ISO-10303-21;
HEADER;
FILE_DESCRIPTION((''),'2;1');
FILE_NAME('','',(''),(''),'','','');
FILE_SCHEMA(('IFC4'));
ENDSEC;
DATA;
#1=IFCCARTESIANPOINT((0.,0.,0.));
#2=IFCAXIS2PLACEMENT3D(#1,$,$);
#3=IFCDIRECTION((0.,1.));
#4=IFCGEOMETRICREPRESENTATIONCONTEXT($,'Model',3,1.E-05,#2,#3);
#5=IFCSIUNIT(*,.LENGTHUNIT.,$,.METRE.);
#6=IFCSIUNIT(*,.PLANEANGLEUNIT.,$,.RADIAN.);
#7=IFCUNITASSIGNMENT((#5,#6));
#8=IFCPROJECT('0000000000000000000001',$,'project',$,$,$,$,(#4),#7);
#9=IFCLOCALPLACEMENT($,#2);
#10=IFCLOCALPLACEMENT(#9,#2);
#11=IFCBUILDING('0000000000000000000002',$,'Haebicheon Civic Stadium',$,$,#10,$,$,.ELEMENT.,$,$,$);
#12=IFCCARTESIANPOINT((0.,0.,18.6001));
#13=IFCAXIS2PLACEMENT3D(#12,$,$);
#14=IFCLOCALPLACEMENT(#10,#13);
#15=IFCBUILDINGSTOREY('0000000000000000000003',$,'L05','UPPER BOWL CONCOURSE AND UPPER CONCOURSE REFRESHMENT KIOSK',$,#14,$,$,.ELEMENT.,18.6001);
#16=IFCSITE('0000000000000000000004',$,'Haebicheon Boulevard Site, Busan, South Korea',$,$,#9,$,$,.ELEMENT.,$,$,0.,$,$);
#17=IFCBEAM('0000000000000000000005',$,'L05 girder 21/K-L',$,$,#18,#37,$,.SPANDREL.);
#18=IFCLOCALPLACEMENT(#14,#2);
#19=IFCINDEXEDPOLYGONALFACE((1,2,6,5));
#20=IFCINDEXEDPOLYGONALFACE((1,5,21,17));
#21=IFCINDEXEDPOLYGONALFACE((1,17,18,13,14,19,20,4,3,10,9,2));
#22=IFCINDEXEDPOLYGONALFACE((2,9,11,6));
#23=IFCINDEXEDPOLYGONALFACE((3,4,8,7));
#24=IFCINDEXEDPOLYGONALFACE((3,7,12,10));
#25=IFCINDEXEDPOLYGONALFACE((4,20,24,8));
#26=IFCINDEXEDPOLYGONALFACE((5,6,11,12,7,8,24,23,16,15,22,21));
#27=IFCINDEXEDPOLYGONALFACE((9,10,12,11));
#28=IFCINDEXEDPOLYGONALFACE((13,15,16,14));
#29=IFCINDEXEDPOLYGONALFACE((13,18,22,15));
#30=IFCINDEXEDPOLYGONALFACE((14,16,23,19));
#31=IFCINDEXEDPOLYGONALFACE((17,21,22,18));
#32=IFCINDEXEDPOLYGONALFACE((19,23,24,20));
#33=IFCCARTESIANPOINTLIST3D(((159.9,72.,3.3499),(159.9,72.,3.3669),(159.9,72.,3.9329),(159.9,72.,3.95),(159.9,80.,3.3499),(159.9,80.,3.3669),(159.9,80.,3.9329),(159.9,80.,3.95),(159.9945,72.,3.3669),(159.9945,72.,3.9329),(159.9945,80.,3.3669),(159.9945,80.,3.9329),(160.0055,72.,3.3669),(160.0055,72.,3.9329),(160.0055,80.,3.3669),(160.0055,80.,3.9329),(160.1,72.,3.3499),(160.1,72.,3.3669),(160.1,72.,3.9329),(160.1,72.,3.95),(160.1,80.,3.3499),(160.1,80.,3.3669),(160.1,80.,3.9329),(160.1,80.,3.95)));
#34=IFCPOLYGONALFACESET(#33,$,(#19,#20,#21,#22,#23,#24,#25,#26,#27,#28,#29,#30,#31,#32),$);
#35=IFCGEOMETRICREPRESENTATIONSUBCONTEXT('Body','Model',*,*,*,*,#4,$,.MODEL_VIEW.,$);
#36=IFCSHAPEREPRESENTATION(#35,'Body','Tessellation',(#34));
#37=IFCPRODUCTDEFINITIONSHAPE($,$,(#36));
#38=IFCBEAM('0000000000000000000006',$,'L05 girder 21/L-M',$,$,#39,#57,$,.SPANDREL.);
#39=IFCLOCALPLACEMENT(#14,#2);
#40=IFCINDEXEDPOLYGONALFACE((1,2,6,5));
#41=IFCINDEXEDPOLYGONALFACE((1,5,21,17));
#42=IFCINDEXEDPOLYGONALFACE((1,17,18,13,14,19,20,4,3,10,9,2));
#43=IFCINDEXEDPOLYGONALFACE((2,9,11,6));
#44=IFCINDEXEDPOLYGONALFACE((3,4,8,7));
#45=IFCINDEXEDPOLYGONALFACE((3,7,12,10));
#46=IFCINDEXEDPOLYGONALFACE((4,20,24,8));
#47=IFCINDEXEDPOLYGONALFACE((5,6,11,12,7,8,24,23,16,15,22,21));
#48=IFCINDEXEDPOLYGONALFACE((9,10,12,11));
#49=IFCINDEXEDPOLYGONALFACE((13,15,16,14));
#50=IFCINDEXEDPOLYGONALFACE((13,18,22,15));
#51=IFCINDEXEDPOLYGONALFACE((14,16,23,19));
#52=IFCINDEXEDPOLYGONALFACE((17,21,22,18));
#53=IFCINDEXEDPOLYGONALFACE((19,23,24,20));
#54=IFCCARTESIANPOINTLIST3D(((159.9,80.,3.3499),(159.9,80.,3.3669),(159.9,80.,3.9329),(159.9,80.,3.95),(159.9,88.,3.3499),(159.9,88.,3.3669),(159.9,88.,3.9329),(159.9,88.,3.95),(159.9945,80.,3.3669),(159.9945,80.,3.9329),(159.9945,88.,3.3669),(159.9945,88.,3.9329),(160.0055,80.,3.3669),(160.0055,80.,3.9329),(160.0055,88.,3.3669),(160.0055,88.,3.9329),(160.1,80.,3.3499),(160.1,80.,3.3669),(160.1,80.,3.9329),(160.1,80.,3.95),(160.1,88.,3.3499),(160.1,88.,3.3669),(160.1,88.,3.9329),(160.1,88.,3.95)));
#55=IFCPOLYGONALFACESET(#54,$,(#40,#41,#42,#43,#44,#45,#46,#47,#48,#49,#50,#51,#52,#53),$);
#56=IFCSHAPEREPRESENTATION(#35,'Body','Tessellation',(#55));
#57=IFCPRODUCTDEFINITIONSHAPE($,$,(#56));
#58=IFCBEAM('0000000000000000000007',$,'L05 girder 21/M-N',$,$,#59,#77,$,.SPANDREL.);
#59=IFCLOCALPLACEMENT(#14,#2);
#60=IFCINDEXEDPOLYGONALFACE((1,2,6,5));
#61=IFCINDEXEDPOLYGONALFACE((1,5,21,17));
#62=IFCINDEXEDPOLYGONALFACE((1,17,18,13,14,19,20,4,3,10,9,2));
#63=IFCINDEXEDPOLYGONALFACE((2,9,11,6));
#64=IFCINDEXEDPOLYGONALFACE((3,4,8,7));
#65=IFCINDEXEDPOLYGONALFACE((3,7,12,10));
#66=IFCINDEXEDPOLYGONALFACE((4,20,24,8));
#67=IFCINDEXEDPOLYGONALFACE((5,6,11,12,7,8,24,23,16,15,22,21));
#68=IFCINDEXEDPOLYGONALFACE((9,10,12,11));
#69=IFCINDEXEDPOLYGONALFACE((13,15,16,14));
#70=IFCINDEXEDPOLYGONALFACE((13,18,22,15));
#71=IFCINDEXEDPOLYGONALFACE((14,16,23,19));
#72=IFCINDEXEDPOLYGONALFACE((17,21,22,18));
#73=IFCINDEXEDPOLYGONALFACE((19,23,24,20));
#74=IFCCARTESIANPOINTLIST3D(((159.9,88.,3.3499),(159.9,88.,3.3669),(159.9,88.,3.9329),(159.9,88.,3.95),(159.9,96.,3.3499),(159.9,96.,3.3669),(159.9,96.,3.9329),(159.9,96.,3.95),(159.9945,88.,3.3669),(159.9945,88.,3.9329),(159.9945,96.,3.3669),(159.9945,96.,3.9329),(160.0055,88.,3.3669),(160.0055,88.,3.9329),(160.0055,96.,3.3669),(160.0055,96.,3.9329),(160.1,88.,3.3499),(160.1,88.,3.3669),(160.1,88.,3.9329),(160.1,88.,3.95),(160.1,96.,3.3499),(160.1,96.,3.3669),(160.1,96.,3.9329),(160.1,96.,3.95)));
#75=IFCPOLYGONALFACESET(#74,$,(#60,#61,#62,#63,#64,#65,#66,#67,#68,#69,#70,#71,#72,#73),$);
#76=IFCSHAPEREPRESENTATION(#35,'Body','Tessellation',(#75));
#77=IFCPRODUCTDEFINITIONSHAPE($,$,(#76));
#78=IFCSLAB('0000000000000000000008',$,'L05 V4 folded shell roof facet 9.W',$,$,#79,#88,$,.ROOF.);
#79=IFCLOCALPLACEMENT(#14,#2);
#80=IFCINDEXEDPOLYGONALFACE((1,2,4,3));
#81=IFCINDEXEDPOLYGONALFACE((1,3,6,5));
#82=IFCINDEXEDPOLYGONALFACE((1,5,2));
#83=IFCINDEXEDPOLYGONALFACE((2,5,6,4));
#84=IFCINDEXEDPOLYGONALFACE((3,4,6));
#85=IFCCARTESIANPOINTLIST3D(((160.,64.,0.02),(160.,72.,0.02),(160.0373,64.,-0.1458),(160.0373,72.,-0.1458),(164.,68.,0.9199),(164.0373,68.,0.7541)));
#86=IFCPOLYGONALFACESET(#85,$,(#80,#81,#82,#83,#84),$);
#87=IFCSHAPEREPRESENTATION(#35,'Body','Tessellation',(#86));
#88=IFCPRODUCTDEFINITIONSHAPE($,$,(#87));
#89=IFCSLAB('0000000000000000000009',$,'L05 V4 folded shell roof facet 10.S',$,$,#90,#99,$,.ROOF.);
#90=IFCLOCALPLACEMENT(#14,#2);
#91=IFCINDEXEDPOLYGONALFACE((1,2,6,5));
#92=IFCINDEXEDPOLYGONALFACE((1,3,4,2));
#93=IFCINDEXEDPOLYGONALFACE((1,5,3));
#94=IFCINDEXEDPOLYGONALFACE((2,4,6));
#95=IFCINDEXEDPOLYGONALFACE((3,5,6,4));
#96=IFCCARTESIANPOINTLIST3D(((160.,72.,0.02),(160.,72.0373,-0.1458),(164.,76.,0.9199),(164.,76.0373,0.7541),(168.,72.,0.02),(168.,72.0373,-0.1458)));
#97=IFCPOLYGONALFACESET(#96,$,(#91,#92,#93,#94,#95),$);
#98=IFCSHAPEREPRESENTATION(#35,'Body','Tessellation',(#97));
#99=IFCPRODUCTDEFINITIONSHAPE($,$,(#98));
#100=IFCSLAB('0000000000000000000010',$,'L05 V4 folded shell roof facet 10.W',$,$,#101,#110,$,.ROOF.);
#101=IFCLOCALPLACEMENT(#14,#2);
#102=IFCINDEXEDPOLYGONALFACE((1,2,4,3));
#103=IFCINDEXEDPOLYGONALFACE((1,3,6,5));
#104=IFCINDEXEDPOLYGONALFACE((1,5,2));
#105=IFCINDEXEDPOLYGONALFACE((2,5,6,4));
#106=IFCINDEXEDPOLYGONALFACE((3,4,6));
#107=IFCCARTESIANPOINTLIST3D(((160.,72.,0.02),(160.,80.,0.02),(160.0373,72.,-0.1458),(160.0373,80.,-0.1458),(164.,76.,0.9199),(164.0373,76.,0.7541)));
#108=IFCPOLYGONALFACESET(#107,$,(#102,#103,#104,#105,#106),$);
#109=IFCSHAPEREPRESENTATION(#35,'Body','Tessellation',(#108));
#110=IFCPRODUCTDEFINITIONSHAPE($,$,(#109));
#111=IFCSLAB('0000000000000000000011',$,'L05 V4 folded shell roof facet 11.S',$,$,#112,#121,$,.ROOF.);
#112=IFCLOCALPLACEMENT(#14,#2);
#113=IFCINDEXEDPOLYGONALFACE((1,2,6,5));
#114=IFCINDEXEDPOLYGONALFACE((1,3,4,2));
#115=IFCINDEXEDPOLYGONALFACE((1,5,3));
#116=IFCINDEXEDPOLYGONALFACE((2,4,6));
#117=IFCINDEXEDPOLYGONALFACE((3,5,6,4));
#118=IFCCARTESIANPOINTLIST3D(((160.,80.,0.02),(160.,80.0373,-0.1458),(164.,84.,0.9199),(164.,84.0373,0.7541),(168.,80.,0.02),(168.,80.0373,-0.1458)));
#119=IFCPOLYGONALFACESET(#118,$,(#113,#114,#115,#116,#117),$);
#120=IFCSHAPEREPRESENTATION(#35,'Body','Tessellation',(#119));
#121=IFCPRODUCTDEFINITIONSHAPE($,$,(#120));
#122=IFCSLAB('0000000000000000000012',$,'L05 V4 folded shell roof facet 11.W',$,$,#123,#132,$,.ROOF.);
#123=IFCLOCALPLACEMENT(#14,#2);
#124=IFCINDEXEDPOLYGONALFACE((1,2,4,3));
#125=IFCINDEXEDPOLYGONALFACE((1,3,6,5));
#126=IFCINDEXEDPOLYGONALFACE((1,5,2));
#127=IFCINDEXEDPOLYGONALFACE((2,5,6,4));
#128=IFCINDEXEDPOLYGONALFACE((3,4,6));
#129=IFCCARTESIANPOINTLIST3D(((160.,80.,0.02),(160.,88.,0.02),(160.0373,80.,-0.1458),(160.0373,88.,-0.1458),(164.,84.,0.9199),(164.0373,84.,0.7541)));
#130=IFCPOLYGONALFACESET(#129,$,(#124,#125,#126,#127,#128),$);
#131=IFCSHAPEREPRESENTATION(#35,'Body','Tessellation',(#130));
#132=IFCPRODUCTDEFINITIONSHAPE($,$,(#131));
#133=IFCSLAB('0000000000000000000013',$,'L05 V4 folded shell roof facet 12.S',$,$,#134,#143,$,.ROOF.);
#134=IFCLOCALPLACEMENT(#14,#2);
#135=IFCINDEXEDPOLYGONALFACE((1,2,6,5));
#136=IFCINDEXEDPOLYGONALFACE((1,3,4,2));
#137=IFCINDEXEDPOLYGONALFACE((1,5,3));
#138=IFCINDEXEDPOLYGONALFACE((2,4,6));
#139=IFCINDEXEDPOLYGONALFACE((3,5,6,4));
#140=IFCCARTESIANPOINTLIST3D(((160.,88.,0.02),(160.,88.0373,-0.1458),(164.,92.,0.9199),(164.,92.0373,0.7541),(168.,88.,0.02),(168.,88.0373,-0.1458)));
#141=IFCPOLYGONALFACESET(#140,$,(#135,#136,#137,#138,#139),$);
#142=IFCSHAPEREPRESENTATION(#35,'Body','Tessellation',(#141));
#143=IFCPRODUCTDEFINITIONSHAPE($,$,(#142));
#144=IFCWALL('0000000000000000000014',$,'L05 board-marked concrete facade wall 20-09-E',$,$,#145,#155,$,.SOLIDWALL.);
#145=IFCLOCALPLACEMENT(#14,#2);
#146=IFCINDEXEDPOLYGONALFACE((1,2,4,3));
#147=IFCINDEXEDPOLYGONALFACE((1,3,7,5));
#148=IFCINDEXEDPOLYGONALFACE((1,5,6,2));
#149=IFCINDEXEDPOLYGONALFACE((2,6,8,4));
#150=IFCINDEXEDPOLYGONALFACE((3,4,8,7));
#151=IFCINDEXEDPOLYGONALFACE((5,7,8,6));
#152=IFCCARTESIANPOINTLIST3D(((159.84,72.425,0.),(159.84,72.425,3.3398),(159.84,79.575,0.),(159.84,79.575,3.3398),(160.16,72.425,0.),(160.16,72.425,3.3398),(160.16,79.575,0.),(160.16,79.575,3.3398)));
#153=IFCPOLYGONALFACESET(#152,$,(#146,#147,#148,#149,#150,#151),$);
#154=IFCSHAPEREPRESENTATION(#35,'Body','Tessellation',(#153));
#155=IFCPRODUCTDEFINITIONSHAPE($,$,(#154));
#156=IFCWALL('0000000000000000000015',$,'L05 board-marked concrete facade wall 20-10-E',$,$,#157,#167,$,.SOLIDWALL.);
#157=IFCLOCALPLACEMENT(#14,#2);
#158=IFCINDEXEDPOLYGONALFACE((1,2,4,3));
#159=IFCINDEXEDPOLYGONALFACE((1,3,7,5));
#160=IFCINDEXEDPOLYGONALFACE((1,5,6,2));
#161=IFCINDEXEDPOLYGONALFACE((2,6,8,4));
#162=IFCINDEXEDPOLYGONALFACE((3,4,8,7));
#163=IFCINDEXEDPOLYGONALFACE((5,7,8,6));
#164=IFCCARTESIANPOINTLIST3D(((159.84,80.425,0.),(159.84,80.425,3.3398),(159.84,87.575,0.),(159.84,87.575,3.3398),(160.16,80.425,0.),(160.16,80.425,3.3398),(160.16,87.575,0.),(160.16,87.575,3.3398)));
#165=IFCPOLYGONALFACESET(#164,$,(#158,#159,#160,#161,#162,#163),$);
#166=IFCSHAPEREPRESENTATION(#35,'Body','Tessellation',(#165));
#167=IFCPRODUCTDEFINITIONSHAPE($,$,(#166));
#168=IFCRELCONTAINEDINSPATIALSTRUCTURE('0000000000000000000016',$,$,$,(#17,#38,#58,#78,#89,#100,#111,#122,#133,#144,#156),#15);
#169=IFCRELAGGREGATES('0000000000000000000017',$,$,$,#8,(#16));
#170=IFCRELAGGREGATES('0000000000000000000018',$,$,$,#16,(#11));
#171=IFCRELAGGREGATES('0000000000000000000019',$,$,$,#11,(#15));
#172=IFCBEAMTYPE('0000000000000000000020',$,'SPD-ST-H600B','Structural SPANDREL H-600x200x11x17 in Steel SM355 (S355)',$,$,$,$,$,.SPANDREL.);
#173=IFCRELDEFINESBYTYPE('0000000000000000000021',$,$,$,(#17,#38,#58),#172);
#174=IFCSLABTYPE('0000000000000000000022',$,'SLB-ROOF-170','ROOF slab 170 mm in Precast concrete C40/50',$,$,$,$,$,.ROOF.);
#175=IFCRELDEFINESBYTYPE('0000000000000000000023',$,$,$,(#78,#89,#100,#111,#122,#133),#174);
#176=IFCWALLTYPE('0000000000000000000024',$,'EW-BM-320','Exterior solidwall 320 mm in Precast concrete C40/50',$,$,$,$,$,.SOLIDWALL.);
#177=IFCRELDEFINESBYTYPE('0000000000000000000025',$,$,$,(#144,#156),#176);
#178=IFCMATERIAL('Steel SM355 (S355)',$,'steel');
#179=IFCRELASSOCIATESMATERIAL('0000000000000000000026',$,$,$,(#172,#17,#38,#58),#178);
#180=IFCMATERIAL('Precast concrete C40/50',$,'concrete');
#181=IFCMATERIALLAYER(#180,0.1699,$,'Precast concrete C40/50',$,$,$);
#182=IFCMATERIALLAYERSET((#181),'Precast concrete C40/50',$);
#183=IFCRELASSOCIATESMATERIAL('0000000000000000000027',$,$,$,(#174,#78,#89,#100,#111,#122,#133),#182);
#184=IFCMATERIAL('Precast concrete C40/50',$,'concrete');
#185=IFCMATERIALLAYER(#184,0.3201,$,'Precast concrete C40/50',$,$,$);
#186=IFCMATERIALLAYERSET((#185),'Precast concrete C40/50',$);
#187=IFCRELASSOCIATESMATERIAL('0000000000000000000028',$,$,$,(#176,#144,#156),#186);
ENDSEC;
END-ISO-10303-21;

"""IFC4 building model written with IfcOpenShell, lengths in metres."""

from ifc_helpers import new_model, si_unit, direction, frame, frame_2d, origin, origin_2d, place, context, subcontext, project, spatial, polyline, rectangle, i_section, outline, extrude, material, layer, layer_set, material_profile, profile_set, type_object, element, save


model = new_model("IFC4")

# Units and contexts
model_context = context("Model", 3, precision=1e-05, world=origin(), true_north=direction((0.0, 1.0)))
body_context = subcontext(model_context, "Body", "Model", "MODEL_VIEW")
ifc_project = project(units=[si_unit("LENGTHUNIT", "METRE"), si_unit("PLANEANGLEUNIT", "RADIAN")], contexts=[model_context])

# Site, building, storey
site_placement = place(None, origin())
site = spatial("IfcSite", under=ifc_project, at=site_placement, Name="Haebicheon Boulevard Site, Busan, South Korea", CompositionType="ELEMENT", RefElevation=0.0)
building_placement = place(site_placement, origin())
building = spatial("IfcBuilding", under=site, at=building_placement, Name="Haebicheon Civic Stadium", CompositionType="ELEMENT")
storey_placement = place(building_placement, frame((0.0, 0.0, 18.6001)))
storey = spatial("IfcBuildingStorey", under=building, at=storey_placement, Name="L05", Description="UPPER BOWL CONCOURSE AND UPPER CONCOURSE REFRESHMENT KIOSK", CompositionType="ELEMENT", Elevation=18.6001)

# Beams
ifc_material_1 = material(Name="Steel SM355 (S355)", Category="steel")
ifc_material_profile_1 = material_profile(ifc_material_1, i_section(OverallWidth=0.2, OverallDepth=0.6001, WebThickness=0.011, FlangeThickness=0.0171, at=origin_2d()), Name="H-600x200x11x17")
ifc_profile_set_1 = profile_set([ifc_material_profile_1], Name="Steel SM355 (S355)")
beam_type = type_object("IfcBeamType", Name="SPD-ST-H600B", Description="Structural SPANDREL H-600x200x11x17 in Steel SM355 (S355)", PredefinedType="SPANDREL", material=ifc_profile_set_1)
for number, where, z_axis, x_axis, name in (
    (1, (160.0, 72.0, 3.6499), (0.0, 1.0, 0.0), (-1.0, 0.0, 0.0), "L05 girder 21/K-L"),
    (2, (160.0, 80.0, 3.6499), (0.0, 1.0, 0.0), (-1.0, 0.0, 0.0), "L05 girder 21/L-M"),
    (3, (160.0, 88.0, 3.6499), (0.0, 1.0, 0.0), (-1.0, 0.0, 0.0), "L05 girder 21/M-N"),
):
    element("IfcBeam", number, at=place(storey_placement, frame(where, z_axis=z_axis, x_axis=x_axis)), inside=storey, type_object=beam_type, material=ifc_profile_set_1, Name=name, PredefinedType="SPANDREL", context=body_context, shape_type="SweptSolid", body=[
        extrude(i_section(OverallWidth=0.2, OverallDepth=0.6001, WebThickness=0.011, FlangeThickness=0.0171, at=origin_2d()), origin(), (0.0, 0.0, 1.0), 8.0),
    ])

# Slabs
ifc_material_2 = material(Name="Precast concrete C40/50", Category="concrete")
ifc_layer_1 = layer(ifc_material_2, 0.1699, Name="Precast concrete C40/50")
ifc_layer_set_1 = layer_set([ifc_layer_1], Name="Precast concrete C40/50")
slab_type = type_object("IfcSlabType", Name="SLB-ROOF-170", Description="ROOF slab 170 mm in Precast concrete C40/50", PredefinedType="ROOF", material=ifc_layer_set_1)
for number, where, z_axis, x_axis, name in (
    (4, (160.0, 72.0, 0.02), (-0.21949, 0.0, 0.975615), (0.0, -1.0, 0.0), "L05 V4 folded shell roof facet 9.W"),
    (5, (160.0, 72.0, 0.02), (0.0, -0.21949, 0.975615), (1.0, 0.0, 0.0), "L05 V4 folded shell roof facet 10.S"),
    (6, (160.0, 80.0, 0.02), (-0.21949, 0.0, 0.975615), (0.0, -1.0, 0.0), "L05 V4 folded shell roof facet 10.W"),
    (7, (160.0, 80.0, 0.02), (0.0, -0.21949, 0.975615), (1.0, 0.0, 0.0), "L05 V4 folded shell roof facet 11.S"),
    (8, (160.0, 88.0, 0.02), (-0.21949, 0.0, 0.975615), (0.0, -1.0, 0.0), "L05 V4 folded shell roof facet 11.W"),
    (9, (160.0, 88.0, 0.02), (0.0, -0.21949, 0.975615), (1.0, 0.0, 0.0), "L05 V4 folded shell roof facet 12.S"),
):
    element("IfcSlab", number, at=place(storey_placement, frame(where, z_axis=z_axis, x_axis=x_axis)), inside=storey, type_object=slab_type, material=ifc_layer_set_1, Name=name, PredefinedType="ROOF", context=body_context, shape_type="SweptSolid", body=[
        extrude(outline(polyline([(0.0, 0.0), (8.0, 0.0), (4.0, 4.1), (0.0, 0.0)])), origin(), (0.0, 0.0, -1.0), 0.1699),
    ])

# Walls
ifc_material_3 = material(Name="Precast concrete C40/50", Category="concrete")
ifc_layer_2 = layer(ifc_material_3, 0.3201, Name="Precast concrete C40/50")
ifc_layer_set_2 = layer_set([ifc_layer_2], Name="Precast concrete C40/50")
wall_type = type_object("IfcWallType", Name="EW-BM-320", Description="Exterior solidwall 320 mm in Precast concrete C40/50", PredefinedType="SOLIDWALL", material=ifc_layer_set_2)
for number, where, z_axis, x_axis, name in (
    (10, (160.0, 72.425, 0.0), (0.0, 0.0, 1.0), (0.0, 1.0, 0.0), "L05 board-marked concrete facade wall 20-09-E"),
    (11, (160.0, 80.425, 0.0), (0.0, 0.0, 1.0), (0.0, 1.0, 0.0), "L05 board-marked concrete facade wall 20-10-E"),
):
    element("IfcWall", number, at=place(storey_placement, frame(where, z_axis=z_axis, x_axis=x_axis)), inside=storey, type_object=wall_type, material=ifc_layer_set_2, Name=name, PredefinedType="SOLIDWALL", context=body_context, shape_type="SweptSolid", body=[
        extrude(rectangle(XDim=7.1499, YDim=0.3201, at=frame_2d((3.575, 0.0))), origin(), (0.0, 0.0, 1.0), 3.3398),
    ])

save(model, "model.ifc")
